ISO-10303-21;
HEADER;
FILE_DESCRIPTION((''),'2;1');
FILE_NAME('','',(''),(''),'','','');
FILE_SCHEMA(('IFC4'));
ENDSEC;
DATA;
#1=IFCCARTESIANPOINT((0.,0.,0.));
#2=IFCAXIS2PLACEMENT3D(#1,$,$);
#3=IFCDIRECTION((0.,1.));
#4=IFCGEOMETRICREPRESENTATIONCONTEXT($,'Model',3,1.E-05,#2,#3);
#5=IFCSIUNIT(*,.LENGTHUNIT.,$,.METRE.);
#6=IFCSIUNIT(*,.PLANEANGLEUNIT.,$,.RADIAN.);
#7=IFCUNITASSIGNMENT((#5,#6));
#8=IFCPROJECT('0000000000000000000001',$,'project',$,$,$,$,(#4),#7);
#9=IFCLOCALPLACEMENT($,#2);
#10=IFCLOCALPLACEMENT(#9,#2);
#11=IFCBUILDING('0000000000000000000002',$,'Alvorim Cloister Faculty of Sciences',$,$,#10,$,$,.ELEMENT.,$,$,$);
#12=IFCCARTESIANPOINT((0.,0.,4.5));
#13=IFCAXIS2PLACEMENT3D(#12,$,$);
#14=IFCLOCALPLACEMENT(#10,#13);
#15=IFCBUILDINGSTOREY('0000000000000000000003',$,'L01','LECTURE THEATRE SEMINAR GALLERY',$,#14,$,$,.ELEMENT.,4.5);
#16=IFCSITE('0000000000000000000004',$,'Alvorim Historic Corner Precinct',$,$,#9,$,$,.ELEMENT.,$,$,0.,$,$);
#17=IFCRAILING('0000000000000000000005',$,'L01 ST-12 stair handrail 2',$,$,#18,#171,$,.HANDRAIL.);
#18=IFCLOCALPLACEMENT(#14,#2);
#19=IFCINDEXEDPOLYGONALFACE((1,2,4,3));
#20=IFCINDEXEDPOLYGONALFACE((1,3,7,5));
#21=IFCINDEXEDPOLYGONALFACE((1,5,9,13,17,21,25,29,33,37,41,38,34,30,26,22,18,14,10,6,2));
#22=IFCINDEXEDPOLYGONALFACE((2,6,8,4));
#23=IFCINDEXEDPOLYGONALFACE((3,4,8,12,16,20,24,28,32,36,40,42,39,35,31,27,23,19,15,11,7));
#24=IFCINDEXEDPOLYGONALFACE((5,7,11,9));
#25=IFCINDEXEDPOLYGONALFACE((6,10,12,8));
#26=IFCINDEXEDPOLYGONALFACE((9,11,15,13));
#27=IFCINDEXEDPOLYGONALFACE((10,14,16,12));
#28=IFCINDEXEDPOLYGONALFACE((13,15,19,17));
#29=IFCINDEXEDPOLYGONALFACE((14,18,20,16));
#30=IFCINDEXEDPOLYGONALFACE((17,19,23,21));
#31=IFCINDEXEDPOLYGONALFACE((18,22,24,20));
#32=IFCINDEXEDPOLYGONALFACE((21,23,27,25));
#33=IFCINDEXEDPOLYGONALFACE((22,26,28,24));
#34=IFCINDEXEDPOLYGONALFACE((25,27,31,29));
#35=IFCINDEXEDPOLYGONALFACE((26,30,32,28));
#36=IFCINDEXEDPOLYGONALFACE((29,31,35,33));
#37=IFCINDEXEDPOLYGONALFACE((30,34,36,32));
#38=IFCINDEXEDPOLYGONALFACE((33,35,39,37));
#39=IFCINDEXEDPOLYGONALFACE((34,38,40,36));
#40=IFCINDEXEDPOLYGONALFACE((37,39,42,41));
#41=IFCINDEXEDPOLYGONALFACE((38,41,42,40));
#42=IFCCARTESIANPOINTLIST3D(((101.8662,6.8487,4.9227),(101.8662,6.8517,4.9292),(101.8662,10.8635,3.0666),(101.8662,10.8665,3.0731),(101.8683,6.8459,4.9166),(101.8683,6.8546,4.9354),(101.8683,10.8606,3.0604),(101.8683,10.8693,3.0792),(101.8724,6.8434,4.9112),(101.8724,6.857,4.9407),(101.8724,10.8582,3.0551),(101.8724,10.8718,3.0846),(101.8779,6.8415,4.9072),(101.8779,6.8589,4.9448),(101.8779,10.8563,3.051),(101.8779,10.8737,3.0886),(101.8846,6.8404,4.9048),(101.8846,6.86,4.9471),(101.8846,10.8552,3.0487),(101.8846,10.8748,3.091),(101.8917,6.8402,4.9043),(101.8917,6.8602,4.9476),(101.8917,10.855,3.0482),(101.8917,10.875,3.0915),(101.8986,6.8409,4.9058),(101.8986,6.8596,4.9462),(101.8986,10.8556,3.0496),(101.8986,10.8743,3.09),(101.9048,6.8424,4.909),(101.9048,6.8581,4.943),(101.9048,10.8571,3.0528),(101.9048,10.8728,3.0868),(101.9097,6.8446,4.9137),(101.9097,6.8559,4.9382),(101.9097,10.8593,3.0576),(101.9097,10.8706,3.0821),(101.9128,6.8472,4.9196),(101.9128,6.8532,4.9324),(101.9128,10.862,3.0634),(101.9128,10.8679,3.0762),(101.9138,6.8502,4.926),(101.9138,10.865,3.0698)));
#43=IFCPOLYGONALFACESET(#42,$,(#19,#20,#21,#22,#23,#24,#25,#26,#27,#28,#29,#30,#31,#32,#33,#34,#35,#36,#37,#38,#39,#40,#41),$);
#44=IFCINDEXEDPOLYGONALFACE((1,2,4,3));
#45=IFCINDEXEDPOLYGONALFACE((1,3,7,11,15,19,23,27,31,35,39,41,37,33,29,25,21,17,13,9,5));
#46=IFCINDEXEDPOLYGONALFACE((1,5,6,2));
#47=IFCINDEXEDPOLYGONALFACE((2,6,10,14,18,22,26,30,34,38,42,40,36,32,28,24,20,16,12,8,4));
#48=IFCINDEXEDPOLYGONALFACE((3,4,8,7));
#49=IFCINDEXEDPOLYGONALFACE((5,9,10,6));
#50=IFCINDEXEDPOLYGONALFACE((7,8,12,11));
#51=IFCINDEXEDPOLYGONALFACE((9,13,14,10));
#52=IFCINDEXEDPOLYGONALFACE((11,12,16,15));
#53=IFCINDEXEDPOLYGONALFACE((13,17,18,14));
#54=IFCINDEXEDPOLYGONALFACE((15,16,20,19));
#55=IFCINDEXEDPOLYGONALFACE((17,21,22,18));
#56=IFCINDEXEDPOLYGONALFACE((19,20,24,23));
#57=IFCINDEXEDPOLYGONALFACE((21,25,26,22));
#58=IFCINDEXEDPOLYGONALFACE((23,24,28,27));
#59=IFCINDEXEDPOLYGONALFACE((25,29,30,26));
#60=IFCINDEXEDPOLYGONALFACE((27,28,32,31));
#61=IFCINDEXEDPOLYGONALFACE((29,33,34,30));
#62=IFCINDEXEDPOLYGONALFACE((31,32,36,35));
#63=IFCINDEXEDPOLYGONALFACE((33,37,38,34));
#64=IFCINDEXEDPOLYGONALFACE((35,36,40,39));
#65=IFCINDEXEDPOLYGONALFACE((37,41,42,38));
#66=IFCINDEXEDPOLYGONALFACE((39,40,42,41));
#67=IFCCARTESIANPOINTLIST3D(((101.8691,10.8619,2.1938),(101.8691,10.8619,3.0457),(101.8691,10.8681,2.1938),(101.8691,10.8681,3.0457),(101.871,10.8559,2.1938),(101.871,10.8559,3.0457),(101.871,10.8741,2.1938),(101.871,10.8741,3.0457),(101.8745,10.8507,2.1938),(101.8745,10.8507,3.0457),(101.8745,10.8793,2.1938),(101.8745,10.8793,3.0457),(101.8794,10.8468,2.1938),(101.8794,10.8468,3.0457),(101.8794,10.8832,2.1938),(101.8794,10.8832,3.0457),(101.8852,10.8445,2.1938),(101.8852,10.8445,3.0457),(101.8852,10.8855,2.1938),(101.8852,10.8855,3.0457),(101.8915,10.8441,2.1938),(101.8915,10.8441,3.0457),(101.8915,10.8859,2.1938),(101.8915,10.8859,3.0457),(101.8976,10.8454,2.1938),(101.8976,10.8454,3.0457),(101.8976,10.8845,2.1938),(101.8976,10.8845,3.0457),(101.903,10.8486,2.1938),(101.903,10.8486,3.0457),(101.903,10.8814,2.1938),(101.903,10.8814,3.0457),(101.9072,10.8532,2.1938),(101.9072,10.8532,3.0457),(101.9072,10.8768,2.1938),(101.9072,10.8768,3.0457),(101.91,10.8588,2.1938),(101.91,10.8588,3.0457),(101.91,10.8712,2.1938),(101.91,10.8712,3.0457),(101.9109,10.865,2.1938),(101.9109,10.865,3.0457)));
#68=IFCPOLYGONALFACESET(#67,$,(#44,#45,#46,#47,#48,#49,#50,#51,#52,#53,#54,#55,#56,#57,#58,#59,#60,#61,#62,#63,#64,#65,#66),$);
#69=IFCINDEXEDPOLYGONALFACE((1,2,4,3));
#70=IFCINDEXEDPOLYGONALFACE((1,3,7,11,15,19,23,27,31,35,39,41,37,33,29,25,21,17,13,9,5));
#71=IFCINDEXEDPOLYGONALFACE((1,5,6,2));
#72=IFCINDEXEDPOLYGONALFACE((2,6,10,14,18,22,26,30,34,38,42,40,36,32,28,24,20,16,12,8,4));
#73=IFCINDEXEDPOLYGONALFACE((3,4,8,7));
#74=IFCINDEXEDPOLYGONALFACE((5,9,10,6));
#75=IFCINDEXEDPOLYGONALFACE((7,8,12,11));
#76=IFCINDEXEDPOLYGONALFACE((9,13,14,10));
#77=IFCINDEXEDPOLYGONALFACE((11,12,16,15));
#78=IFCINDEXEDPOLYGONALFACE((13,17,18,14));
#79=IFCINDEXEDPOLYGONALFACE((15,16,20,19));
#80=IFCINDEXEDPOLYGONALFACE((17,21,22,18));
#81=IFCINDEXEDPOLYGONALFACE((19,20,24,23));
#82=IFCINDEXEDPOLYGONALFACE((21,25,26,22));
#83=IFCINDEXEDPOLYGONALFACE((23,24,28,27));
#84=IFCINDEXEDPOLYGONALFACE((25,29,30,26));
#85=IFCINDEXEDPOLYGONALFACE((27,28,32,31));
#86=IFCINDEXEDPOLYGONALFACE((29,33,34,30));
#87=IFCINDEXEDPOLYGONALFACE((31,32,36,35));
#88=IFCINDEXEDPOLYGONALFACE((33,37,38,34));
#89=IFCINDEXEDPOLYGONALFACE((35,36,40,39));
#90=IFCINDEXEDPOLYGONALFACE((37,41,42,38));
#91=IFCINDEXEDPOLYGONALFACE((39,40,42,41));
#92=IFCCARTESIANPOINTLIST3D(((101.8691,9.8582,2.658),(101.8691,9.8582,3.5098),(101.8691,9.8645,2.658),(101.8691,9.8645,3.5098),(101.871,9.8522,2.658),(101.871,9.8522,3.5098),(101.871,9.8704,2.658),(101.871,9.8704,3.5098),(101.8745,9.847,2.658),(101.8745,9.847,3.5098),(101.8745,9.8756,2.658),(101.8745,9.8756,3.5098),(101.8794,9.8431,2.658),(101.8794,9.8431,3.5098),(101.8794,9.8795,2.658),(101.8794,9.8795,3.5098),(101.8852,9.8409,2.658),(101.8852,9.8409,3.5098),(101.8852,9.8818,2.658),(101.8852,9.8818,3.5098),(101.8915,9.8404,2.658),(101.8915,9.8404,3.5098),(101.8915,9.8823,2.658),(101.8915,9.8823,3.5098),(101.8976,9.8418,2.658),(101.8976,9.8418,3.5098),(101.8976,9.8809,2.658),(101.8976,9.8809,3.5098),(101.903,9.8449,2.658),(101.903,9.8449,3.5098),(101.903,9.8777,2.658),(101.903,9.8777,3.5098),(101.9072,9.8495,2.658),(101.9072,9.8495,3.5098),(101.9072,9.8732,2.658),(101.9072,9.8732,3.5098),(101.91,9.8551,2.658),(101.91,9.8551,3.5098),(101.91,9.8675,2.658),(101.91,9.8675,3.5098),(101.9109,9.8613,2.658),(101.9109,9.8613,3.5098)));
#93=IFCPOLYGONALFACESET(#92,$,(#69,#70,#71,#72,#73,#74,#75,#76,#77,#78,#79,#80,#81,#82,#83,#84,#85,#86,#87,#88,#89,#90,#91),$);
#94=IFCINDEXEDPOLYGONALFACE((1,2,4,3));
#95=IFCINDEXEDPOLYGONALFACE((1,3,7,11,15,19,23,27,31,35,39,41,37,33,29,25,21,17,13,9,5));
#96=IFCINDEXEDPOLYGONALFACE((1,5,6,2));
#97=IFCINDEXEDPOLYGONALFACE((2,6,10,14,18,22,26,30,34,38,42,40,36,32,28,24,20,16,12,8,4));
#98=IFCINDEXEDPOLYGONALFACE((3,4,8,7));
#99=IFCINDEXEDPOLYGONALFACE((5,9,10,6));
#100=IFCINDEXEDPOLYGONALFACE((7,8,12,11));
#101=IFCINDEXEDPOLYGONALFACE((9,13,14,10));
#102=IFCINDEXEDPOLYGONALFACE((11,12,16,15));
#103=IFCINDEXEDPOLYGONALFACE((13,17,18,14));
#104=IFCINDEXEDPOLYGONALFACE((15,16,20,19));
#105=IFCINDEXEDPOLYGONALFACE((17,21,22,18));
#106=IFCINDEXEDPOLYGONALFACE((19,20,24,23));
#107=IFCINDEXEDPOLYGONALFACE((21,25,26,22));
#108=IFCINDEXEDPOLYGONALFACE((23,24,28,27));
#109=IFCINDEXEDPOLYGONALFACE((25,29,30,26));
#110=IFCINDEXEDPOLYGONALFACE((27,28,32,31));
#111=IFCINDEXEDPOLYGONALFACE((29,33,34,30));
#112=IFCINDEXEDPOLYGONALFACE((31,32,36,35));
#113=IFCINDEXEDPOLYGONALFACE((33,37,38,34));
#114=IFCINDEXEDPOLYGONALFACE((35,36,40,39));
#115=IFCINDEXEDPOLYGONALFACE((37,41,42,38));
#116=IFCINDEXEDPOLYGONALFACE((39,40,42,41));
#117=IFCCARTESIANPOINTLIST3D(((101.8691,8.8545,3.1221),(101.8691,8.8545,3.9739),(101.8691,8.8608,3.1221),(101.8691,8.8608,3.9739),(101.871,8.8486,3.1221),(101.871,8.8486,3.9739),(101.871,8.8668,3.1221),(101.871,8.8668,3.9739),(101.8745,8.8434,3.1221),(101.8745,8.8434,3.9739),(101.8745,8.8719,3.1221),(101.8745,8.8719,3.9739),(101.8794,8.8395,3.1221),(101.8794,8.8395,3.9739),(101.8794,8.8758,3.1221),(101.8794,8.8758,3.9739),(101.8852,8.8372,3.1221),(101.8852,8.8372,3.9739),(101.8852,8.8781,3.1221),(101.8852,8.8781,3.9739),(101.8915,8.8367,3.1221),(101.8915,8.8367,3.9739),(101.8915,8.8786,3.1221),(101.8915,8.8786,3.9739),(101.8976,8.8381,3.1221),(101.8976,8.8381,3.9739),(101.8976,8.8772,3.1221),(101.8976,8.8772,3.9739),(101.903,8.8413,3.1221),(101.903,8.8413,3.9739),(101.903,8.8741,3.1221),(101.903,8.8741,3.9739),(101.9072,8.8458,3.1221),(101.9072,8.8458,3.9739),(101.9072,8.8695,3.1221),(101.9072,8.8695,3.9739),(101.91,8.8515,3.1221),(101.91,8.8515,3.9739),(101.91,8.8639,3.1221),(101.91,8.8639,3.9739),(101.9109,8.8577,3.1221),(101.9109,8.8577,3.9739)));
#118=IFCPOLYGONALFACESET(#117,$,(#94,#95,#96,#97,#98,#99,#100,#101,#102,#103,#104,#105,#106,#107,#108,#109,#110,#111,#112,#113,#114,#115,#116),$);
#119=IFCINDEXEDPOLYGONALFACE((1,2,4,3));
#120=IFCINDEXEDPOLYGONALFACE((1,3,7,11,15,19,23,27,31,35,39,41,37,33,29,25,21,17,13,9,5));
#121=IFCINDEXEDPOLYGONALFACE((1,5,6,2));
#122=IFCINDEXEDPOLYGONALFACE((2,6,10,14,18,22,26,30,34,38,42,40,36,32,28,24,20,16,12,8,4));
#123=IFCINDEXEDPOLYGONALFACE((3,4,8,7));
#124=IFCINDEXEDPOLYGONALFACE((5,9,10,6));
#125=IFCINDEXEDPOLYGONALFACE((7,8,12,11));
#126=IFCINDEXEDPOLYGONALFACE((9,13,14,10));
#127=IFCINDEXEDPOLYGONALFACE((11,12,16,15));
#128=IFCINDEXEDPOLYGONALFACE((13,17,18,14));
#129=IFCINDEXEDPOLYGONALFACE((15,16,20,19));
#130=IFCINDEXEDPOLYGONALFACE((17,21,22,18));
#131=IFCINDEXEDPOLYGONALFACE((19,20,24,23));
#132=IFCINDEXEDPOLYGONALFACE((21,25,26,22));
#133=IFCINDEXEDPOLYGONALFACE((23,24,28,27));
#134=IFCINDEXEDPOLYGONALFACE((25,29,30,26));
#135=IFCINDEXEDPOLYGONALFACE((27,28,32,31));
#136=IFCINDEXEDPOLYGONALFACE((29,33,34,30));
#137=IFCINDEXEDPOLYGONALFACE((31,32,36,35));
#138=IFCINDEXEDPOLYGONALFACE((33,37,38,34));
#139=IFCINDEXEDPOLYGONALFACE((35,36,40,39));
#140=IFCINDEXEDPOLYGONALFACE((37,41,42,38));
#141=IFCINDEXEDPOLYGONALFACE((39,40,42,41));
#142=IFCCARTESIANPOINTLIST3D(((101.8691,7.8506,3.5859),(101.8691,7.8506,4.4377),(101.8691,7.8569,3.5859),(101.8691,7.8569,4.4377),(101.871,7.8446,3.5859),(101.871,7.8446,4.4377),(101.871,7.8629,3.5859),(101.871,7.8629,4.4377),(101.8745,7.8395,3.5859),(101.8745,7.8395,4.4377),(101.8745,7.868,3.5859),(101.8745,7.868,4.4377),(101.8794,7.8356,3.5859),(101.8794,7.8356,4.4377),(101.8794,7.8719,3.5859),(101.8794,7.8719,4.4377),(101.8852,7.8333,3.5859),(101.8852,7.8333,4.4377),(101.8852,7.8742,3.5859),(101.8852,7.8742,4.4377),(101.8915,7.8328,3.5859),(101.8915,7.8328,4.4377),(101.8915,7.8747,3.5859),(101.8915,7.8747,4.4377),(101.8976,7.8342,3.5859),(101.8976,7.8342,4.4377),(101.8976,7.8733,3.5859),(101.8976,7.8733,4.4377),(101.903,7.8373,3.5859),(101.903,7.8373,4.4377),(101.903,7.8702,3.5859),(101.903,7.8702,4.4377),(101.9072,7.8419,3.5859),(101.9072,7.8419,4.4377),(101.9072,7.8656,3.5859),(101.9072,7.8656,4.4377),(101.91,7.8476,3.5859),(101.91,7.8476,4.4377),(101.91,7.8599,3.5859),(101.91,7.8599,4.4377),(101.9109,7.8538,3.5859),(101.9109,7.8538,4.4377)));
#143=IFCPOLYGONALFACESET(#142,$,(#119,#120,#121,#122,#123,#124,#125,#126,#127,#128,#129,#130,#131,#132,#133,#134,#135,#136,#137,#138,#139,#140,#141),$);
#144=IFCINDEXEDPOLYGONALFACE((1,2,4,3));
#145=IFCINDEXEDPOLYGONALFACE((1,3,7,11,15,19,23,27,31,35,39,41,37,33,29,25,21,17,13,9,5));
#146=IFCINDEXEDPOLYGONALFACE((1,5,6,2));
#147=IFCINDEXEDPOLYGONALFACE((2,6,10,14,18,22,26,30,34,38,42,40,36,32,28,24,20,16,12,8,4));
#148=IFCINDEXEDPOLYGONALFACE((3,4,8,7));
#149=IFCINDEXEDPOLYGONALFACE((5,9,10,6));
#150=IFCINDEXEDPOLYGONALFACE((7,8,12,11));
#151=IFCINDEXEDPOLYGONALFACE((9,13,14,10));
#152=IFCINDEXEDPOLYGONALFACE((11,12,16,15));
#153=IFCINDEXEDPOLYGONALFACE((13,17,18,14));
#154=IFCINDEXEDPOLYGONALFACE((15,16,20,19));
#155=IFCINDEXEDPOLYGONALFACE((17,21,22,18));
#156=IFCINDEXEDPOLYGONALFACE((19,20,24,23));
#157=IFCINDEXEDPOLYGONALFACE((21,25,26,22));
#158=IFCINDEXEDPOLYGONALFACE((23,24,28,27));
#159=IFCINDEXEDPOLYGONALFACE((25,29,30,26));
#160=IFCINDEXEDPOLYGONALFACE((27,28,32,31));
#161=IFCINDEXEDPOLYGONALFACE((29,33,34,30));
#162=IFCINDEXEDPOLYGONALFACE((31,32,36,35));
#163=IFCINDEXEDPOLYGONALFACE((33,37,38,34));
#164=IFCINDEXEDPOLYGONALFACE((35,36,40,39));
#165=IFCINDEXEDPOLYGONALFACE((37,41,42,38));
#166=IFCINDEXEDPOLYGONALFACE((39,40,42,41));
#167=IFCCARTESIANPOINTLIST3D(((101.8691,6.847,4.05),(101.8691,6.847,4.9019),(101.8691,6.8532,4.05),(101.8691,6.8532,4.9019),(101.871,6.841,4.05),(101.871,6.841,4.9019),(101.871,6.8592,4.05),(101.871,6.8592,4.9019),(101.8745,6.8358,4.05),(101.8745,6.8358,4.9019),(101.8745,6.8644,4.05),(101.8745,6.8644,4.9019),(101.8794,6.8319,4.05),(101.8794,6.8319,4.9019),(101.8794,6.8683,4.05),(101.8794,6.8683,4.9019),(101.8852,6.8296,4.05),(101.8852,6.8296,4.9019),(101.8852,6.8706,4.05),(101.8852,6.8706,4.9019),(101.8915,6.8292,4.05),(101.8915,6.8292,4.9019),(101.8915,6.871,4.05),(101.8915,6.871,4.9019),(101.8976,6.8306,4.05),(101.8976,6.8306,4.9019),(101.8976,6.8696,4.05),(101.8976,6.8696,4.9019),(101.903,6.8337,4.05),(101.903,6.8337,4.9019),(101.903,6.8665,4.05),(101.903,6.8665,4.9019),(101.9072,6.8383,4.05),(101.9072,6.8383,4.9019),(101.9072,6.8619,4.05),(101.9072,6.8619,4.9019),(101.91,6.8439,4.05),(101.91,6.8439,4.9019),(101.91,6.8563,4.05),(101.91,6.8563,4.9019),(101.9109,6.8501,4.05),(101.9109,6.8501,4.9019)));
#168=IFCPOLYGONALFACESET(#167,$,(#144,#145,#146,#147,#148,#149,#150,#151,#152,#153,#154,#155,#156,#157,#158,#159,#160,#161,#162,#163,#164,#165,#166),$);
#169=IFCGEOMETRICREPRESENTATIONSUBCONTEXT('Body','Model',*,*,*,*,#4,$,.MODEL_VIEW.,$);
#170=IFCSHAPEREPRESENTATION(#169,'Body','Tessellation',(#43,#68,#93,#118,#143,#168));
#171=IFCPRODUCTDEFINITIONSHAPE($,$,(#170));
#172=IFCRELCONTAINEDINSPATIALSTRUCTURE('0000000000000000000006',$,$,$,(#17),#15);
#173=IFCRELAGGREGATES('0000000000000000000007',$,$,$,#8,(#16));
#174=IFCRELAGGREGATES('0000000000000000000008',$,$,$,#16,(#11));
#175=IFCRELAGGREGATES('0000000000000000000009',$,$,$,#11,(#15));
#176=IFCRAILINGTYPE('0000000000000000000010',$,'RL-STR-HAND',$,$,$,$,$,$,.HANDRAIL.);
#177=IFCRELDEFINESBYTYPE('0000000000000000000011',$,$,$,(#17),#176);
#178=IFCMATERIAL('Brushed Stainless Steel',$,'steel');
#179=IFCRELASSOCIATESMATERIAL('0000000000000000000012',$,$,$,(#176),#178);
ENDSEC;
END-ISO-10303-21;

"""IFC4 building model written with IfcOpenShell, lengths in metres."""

from ifc_helpers import new_model, si_unit, direction, frame, origin, origin_2d, place, context, subcontext, project, spatial, circle, extrude, material, type_object, element, save


model = new_model("IFC4")

# Units and contexts
model_context = context("Model", 3, precision=1e-05, world=origin(), true_north=direction((0.0, 1.0)))
body_context = subcontext(model_context, "Body", "Model", "MODEL_VIEW")
ifc_project = project(units=[si_unit("LENGTHUNIT", "METRE"), si_unit("PLANEANGLEUNIT", "RADIAN")], contexts=[model_context])

# Site, building, storey
site_placement = place(None, origin())
site = spatial("IfcSite", under=ifc_project, at=site_placement, Name="Alvorim Historic Corner Precinct", CompositionType="ELEMENT", RefElevation=0.0)
building_placement = place(site_placement, origin())
building = spatial("IfcBuilding", under=site, at=building_placement, Name="Alvorim Cloister Faculty of Sciences", CompositionType="ELEMENT")
storey_placement = place(building_placement, frame((0.0, 0.0, 4.5)))
storey = spatial("IfcBuildingStorey", under=building, at=storey_placement, Name="L01", Description="LECTURE THEATRE SEMINAR GALLERY", CompositionType="ELEMENT", Elevation=4.5)

# Railing
ifc_material_1 = material(Name="Brushed Stainless Steel", Category="steel")
railing_type_1 = type_object("IfcRailingType", Name="RL-STR-HAND", PredefinedType="HANDRAIL", material=ifc_material_1)
railing_1_placement = place(storey_placement, frame((101.8899, 10.865, 2.1938)))
element("IfcRailing", 1, at=railing_1_placement, inside=storey, type_object=railing_type_1, Name="L01 ST-12 stair handrail 2", PredefinedType="HANDRAIL", context=body_context, shape_type="SweptSolid", body=[
    extrude(circle(Radius=0.0239, at=origin_2d()), frame((0.0, 0.0, 0.876), z_axis=(0.0, -0.907686, 0.41965), x_axis=(1.0, 0.0, 0.0)), (0.0, 0.0, 1.0), 4.4231),
    extrude(circle(Radius=0.021, at=origin_2d()), origin(), (0.0, 0.0, 1.0), 0.8518),
    extrude(circle(Radius=0.021, at=origin_2d()), frame((0.0, -1.0037, 0.4641)), (0.0, 0.0, 1.0), 0.8518),
    extrude(circle(Radius=0.021, at=origin_2d()), frame((0.0, -2.0073, 0.9282)), (0.0, 0.0, 1.0), 0.8518),
    extrude(circle(Radius=0.021, at=origin_2d()), frame((0.0, -3.0112, 1.3921)), (0.0, 0.0, 1.0), 0.8518),
    extrude(circle(Radius=0.021, at=origin_2d()), frame((0.0, -4.0149, 1.8562)), (0.0, 0.0, 1.0), 0.8518),
])

save(model, "model.ifc")
